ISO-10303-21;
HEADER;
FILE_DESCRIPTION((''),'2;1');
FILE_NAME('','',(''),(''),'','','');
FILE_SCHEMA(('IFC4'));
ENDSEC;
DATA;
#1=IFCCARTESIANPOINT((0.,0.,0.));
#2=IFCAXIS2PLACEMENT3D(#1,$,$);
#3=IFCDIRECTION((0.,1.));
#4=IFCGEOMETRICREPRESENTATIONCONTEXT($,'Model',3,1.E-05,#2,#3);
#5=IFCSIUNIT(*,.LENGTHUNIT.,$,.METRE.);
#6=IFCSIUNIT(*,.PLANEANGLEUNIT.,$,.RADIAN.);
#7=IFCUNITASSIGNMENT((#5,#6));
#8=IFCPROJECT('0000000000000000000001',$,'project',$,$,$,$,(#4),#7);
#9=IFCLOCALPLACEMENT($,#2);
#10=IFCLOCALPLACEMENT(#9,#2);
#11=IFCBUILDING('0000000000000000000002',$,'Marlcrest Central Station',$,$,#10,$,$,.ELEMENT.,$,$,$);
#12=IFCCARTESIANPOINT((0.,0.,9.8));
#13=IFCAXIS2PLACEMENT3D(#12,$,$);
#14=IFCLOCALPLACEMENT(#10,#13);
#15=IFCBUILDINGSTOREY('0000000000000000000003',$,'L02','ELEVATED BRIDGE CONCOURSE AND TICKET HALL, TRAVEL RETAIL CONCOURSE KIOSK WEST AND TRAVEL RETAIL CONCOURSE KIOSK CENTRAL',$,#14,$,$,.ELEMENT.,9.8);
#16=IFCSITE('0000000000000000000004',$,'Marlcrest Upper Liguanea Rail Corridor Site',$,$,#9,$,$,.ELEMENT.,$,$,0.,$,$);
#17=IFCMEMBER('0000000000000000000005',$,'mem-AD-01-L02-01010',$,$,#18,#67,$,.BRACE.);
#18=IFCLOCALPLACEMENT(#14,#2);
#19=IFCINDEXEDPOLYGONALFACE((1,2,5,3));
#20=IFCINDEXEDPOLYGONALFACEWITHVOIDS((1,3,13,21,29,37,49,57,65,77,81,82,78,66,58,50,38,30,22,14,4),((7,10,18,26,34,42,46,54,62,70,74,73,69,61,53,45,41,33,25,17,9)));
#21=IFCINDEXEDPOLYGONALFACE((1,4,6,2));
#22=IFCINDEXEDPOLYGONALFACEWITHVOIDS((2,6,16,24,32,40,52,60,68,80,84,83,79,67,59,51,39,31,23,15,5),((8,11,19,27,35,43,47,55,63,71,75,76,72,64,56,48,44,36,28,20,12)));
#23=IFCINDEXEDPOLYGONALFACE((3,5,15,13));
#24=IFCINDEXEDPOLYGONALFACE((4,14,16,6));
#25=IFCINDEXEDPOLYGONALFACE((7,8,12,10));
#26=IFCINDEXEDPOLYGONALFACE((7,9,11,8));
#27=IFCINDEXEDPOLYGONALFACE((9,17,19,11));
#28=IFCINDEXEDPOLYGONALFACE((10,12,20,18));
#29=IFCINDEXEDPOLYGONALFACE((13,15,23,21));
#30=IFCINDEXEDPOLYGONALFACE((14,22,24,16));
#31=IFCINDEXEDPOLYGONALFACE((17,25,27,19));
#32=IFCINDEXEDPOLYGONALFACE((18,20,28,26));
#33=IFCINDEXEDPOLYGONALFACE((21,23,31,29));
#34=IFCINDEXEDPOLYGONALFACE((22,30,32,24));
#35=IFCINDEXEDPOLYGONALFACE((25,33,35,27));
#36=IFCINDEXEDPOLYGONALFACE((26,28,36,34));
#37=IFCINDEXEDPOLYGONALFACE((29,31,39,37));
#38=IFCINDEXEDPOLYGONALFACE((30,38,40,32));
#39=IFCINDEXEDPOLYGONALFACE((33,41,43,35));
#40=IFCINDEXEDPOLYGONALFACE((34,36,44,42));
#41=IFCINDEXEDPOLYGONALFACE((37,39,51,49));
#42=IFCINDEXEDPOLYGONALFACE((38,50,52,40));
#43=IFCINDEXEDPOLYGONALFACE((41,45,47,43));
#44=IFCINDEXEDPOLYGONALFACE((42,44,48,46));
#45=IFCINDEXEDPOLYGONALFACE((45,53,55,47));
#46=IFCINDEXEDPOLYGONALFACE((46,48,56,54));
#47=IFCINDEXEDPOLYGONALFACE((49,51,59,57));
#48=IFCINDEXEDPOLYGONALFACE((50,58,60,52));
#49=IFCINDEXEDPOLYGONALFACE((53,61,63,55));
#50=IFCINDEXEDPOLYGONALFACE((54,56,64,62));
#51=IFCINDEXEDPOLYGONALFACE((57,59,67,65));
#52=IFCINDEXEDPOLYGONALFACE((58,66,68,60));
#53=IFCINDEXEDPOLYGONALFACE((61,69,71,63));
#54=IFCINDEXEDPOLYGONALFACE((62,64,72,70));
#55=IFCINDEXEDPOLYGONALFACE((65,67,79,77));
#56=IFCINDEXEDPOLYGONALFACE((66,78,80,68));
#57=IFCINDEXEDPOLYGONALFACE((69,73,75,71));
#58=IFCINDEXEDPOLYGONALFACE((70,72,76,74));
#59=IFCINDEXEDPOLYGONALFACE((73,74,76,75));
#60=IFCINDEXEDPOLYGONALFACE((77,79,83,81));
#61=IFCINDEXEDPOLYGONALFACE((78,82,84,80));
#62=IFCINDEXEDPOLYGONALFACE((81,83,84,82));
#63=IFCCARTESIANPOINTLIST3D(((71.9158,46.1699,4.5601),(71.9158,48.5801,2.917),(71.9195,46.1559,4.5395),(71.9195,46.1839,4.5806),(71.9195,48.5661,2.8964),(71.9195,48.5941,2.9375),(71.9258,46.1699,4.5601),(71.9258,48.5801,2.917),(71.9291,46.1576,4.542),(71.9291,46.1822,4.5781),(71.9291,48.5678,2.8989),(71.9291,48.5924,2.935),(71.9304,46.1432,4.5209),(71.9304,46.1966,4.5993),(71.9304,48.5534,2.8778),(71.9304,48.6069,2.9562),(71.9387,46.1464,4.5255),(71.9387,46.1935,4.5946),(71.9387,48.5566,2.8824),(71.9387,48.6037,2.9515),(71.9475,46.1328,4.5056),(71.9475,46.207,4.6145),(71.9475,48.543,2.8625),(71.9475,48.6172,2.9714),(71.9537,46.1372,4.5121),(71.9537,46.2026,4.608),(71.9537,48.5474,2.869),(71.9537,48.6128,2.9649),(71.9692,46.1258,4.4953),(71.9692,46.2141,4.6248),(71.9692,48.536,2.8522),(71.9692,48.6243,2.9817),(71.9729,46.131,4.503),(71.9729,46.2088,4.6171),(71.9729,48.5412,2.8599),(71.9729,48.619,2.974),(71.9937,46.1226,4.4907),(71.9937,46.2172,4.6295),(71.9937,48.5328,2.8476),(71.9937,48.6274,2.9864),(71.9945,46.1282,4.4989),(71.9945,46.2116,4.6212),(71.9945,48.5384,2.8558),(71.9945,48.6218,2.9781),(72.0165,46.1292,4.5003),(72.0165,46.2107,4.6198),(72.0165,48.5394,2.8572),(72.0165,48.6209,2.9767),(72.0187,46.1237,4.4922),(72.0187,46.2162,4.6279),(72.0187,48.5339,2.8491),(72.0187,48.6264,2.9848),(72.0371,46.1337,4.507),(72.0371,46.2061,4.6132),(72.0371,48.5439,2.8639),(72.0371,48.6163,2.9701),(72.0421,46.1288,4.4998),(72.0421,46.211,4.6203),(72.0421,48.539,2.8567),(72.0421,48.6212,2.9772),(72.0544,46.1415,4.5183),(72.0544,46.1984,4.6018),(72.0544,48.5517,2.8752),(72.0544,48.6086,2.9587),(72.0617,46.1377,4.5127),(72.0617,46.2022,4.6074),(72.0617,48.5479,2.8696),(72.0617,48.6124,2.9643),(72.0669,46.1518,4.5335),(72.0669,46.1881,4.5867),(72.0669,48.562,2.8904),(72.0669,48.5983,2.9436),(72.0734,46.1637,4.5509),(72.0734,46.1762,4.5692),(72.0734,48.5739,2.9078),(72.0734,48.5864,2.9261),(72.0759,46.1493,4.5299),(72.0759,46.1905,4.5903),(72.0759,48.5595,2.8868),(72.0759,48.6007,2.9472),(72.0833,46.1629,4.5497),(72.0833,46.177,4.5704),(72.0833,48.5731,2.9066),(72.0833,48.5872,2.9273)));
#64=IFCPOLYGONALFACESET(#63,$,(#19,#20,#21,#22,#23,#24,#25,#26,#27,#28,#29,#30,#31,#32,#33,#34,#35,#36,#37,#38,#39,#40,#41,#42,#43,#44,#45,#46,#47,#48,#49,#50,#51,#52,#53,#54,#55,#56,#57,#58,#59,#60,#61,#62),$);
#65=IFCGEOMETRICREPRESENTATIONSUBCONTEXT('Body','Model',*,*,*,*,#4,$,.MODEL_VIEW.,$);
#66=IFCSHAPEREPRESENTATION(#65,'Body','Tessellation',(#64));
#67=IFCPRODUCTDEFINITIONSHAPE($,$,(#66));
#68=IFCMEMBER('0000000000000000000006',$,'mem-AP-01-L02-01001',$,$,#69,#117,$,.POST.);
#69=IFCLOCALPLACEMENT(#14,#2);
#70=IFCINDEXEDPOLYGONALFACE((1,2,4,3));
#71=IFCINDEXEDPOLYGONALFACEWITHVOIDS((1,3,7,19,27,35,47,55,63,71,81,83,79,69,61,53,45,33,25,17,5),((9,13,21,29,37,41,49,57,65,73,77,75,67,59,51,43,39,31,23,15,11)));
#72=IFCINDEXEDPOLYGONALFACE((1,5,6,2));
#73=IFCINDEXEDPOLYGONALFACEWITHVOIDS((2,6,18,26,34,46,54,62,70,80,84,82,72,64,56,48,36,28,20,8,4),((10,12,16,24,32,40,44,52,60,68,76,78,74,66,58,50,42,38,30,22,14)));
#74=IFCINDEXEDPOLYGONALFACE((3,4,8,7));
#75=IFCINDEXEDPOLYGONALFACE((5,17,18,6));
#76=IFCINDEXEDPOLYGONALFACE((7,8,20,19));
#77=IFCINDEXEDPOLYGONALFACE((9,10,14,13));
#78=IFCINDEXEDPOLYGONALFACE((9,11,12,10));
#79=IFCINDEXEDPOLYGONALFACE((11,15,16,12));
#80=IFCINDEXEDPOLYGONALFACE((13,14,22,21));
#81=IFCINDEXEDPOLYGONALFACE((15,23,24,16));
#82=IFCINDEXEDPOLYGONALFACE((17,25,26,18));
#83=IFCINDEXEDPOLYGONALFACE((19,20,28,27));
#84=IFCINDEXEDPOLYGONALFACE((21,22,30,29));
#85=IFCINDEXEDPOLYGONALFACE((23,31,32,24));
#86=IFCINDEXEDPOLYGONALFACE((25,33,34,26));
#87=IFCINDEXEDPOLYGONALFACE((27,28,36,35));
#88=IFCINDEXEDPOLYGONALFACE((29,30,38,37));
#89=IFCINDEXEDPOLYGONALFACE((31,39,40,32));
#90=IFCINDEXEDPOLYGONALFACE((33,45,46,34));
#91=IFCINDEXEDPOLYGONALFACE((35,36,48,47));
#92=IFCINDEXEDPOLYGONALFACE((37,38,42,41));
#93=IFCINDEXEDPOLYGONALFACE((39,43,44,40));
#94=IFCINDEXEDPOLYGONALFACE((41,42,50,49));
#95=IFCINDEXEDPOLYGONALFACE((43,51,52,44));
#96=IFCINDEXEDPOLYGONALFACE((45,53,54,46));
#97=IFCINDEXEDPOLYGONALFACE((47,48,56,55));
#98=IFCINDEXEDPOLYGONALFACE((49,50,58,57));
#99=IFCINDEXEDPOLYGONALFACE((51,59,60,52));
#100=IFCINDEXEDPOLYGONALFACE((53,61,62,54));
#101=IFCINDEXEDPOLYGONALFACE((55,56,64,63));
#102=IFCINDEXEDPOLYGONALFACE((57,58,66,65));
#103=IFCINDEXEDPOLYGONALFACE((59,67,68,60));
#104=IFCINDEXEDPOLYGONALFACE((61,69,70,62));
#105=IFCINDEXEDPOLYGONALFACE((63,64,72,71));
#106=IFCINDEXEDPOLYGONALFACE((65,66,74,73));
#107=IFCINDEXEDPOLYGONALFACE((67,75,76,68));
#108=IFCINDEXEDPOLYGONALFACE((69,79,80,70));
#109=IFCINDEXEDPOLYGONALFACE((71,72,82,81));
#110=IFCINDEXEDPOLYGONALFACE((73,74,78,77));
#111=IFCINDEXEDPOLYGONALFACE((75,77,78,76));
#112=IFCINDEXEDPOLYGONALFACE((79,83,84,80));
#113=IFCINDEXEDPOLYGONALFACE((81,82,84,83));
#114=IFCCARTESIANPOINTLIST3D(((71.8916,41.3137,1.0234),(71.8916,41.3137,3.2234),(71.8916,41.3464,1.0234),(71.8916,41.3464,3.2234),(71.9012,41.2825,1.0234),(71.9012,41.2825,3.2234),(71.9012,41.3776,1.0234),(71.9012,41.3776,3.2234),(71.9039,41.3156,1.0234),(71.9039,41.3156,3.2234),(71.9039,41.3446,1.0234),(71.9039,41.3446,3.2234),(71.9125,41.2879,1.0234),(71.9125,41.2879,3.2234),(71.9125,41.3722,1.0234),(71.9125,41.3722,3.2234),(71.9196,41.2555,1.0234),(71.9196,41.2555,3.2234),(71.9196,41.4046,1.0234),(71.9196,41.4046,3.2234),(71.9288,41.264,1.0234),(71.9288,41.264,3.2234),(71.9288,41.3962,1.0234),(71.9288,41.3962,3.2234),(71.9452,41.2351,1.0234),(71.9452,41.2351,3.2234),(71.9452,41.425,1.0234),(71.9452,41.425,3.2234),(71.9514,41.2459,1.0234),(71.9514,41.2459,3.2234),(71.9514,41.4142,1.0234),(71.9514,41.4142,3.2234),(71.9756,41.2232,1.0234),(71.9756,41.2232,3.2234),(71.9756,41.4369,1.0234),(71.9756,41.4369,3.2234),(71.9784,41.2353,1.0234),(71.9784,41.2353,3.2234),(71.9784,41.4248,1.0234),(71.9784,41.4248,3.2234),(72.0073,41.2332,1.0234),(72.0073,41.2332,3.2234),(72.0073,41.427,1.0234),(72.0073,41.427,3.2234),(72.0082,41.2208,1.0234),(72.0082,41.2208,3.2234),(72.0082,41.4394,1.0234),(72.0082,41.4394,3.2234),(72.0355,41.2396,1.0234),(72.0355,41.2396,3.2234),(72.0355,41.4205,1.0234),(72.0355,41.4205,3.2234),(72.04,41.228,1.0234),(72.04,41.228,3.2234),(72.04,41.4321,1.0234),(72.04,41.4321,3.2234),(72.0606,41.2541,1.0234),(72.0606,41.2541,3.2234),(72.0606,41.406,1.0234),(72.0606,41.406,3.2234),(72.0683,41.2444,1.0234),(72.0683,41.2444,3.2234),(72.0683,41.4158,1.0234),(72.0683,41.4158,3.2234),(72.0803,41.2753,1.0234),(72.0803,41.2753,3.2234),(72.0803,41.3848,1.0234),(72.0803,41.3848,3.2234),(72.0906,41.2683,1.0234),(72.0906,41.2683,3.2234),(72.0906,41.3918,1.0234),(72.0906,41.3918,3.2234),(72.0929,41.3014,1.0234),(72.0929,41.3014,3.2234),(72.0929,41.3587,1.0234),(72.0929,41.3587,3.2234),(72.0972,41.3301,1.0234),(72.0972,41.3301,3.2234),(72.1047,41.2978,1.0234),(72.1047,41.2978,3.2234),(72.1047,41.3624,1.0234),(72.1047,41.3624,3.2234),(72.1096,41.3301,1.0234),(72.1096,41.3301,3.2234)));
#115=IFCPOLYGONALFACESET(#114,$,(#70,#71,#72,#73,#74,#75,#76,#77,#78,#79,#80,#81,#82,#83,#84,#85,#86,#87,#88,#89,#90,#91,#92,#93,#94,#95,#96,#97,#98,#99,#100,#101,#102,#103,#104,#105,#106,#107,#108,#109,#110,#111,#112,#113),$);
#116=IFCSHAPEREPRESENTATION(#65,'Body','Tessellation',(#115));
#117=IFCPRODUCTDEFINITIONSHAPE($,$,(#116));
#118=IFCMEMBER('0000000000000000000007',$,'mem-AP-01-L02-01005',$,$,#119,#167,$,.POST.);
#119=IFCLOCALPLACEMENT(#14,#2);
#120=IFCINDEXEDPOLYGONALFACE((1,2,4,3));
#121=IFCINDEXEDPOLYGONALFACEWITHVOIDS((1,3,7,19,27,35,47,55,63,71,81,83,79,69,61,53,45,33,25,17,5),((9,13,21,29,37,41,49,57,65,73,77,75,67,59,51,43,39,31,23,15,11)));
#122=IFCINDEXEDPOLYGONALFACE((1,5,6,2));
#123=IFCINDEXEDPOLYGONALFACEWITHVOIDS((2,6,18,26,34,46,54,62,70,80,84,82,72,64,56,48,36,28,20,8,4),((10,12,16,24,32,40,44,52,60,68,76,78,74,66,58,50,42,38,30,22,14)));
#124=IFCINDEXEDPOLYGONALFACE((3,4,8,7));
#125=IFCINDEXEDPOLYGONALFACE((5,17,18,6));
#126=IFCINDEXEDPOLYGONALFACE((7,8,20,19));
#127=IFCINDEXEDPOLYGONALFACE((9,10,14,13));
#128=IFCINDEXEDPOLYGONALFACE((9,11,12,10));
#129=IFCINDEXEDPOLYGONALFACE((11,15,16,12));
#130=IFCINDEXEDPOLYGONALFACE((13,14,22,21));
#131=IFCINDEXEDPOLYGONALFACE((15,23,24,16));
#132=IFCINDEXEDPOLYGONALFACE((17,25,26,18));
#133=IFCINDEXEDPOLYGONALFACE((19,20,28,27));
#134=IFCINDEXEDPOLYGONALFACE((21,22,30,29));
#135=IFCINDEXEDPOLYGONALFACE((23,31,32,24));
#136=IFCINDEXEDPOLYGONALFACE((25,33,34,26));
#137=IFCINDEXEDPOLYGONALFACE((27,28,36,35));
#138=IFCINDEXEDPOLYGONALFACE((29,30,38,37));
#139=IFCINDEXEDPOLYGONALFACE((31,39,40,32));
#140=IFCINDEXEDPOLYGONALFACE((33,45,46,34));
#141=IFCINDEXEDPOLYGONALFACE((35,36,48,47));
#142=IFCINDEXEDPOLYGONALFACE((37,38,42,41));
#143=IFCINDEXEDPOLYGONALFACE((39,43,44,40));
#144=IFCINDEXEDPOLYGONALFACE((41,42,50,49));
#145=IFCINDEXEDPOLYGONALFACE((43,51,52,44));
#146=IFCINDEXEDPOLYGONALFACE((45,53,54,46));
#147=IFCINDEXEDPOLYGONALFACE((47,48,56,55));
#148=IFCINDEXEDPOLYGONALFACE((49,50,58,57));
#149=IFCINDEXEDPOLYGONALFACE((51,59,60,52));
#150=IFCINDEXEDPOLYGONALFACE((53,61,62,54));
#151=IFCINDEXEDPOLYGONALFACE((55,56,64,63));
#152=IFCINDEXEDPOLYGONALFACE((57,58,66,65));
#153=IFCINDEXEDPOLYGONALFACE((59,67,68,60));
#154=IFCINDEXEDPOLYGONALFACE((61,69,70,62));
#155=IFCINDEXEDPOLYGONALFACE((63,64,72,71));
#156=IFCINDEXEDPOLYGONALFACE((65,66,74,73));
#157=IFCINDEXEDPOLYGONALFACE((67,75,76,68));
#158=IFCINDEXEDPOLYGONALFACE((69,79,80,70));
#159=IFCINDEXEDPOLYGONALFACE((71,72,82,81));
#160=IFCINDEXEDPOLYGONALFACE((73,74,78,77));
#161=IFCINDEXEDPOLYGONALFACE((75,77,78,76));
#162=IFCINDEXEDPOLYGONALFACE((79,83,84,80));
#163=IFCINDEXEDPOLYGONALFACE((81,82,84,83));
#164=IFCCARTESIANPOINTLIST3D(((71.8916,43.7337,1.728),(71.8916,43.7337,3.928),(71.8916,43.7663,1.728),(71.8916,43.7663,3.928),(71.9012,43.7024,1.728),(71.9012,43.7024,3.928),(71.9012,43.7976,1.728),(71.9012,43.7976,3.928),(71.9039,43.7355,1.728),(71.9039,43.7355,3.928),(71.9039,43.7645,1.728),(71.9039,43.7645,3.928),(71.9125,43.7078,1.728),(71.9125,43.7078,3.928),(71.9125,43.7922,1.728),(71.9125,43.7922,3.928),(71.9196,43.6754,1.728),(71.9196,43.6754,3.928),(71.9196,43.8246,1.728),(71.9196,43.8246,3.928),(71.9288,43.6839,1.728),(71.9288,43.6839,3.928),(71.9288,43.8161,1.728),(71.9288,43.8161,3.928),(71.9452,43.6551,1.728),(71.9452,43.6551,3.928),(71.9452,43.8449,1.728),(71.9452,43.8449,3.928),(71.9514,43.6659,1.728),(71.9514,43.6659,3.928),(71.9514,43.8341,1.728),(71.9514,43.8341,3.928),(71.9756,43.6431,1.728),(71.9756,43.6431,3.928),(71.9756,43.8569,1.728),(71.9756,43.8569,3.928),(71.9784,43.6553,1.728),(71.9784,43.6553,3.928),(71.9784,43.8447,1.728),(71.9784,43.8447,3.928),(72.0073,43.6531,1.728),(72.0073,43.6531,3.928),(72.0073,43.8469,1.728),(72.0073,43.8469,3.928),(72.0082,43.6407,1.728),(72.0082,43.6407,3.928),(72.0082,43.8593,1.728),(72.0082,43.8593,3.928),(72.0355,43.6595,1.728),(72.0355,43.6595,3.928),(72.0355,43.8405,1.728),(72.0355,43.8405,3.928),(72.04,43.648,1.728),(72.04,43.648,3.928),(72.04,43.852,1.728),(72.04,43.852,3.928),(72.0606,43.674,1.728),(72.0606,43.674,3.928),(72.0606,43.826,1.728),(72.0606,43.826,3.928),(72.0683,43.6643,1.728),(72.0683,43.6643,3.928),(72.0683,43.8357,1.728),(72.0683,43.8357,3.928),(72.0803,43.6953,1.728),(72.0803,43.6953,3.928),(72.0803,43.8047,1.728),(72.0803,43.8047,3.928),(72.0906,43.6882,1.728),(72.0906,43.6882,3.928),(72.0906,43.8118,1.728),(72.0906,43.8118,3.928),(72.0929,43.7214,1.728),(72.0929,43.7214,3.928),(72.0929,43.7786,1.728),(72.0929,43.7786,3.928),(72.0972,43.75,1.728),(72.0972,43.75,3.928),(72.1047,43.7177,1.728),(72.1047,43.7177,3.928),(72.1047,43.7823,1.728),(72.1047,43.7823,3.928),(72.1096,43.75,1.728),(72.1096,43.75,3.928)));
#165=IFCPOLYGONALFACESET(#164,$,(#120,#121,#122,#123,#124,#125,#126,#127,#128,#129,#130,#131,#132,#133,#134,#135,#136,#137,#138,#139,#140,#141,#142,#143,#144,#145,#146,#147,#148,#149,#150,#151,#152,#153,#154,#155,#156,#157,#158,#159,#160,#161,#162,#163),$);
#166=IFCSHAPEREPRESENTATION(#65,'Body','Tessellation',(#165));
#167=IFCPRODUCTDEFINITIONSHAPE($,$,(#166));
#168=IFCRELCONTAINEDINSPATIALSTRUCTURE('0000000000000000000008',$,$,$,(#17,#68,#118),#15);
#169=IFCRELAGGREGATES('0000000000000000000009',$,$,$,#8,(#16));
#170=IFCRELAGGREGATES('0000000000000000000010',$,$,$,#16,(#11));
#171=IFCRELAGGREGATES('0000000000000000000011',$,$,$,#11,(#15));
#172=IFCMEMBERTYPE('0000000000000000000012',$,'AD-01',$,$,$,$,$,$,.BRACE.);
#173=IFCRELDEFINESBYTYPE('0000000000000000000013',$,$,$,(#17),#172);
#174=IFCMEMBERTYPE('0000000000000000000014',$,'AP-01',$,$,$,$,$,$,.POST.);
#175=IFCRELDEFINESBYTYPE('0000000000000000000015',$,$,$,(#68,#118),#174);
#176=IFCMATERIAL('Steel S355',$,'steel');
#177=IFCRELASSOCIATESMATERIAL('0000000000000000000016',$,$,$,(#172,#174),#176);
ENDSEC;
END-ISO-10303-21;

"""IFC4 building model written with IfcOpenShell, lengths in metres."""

from ifc_helpers import new_model, si_unit, direction, frame, origin, origin_2d, place, context, subcontext, project, spatial, hollow_circle, extrude, material, material_profile, profile_set, type_object, element, save


model = new_model("IFC4")

# Units and contexts
model_context = context("Model", 3, precision=1e-05, world=origin(), true_north=direction((0.0, 1.0)))
body_context = subcontext(model_context, "Body", "Model", "MODEL_VIEW")
ifc_project = project(units=[si_unit("LENGTHUNIT", "METRE"), si_unit("PLANEANGLEUNIT", "RADIAN")], contexts=[model_context])

# Site, building, storey
site_placement = place(None, origin())
site = spatial("IfcSite", under=ifc_project, at=site_placement, Name="Marlcrest Upper Liguanea Rail Corridor Site", CompositionType="ELEMENT", RefElevation=0.0)
building_placement = place(site_placement, origin())
building = spatial("IfcBuilding", under=site, at=building_placement, Name="Marlcrest Central Station", CompositionType="ELEMENT")
storey_placement = place(building_placement, frame((0.0, 0.0, 9.8)))
storey = spatial("IfcBuildingStorey", under=building, at=storey_placement, Name="L02", Description="ELEVATED BRIDGE CONCOURSE AND TICKET HALL, TRAVEL RETAIL CONCOURSE KIOSK WEST AND TRAVEL RETAIL CONCOURSE KIOSK CENTRAL", CompositionType="ELEMENT", Elevation=9.8)

# Members
ifc_material = material(Name="Steel S355", Category="steel")
ifc_material_profile_1 = material_profile(ifc_material, hollow_circle(Radius=0.0842, WallThickness=0.01, at=origin_2d()), Name="CHS 168.3x10")
ifc_profile_set_1 = profile_set([ifc_material_profile_1], Name="Steel S355")
member_type_1 = type_object("IfcMemberType", Name="AD-01", PredefinedType="BRACE", material=ifc_profile_set_1)
member_1_placement = place(storey_placement, frame((72.0, 46.1699, 4.5601), z_axis=(0.0, 0.826263, -0.563285), x_axis=(-1.0, 0.0, 0.0)))
element("IfcMember", 1, at=member_1_placement, inside=storey, type_object=member_type_1, Name="mem-AD-01-L02-01010", PredefinedType="BRACE", context=body_context, shape_type="SweptSolid", body=[
    extrude(hollow_circle(Radius=0.0842, WallThickness=0.01, at=origin_2d()), origin(), (0.0, 0.0, 1.0), 2.917),
])
ifc_material_profile_2 = material_profile(ifc_material, hollow_circle(Radius=0.1096, WallThickness=0.0125, at=origin_2d()), Name="CHS 219.1x12.5")
ifc_profile_set_2 = profile_set([ifc_material_profile_2], Name="Steel S355")
member_type_2 = type_object("IfcMemberType", Name="AP-01", PredefinedType="POST", material=ifc_profile_set_2)
for number, where, z_axis, x_axis, name in (
    (2, (72.0, 41.3301, 1.0234), (0.0, 0.0, 1.0), (1.0, 0.0, 0.0), "mem-AP-01-L02-01001"),
    (3, (72.0, 43.75, 1.728), (0.0, 0.0, 1.0), (1.0, 0.0, 0.0), "mem-AP-01-L02-01005"),
):
    element("IfcMember", number, at=place(storey_placement, frame(where, z_axis=z_axis, x_axis=x_axis)), inside=storey, type_object=member_type_2, Name=name, PredefinedType="POST", context=body_context, shape_type="SweptSolid", body=[
        extrude(hollow_circle(Radius=0.1096, WallThickness=0.0125, at=origin_2d()), origin(), (0.0, 0.0, 1.0), 2.2),
    ])

save(model, "model.ifc")
